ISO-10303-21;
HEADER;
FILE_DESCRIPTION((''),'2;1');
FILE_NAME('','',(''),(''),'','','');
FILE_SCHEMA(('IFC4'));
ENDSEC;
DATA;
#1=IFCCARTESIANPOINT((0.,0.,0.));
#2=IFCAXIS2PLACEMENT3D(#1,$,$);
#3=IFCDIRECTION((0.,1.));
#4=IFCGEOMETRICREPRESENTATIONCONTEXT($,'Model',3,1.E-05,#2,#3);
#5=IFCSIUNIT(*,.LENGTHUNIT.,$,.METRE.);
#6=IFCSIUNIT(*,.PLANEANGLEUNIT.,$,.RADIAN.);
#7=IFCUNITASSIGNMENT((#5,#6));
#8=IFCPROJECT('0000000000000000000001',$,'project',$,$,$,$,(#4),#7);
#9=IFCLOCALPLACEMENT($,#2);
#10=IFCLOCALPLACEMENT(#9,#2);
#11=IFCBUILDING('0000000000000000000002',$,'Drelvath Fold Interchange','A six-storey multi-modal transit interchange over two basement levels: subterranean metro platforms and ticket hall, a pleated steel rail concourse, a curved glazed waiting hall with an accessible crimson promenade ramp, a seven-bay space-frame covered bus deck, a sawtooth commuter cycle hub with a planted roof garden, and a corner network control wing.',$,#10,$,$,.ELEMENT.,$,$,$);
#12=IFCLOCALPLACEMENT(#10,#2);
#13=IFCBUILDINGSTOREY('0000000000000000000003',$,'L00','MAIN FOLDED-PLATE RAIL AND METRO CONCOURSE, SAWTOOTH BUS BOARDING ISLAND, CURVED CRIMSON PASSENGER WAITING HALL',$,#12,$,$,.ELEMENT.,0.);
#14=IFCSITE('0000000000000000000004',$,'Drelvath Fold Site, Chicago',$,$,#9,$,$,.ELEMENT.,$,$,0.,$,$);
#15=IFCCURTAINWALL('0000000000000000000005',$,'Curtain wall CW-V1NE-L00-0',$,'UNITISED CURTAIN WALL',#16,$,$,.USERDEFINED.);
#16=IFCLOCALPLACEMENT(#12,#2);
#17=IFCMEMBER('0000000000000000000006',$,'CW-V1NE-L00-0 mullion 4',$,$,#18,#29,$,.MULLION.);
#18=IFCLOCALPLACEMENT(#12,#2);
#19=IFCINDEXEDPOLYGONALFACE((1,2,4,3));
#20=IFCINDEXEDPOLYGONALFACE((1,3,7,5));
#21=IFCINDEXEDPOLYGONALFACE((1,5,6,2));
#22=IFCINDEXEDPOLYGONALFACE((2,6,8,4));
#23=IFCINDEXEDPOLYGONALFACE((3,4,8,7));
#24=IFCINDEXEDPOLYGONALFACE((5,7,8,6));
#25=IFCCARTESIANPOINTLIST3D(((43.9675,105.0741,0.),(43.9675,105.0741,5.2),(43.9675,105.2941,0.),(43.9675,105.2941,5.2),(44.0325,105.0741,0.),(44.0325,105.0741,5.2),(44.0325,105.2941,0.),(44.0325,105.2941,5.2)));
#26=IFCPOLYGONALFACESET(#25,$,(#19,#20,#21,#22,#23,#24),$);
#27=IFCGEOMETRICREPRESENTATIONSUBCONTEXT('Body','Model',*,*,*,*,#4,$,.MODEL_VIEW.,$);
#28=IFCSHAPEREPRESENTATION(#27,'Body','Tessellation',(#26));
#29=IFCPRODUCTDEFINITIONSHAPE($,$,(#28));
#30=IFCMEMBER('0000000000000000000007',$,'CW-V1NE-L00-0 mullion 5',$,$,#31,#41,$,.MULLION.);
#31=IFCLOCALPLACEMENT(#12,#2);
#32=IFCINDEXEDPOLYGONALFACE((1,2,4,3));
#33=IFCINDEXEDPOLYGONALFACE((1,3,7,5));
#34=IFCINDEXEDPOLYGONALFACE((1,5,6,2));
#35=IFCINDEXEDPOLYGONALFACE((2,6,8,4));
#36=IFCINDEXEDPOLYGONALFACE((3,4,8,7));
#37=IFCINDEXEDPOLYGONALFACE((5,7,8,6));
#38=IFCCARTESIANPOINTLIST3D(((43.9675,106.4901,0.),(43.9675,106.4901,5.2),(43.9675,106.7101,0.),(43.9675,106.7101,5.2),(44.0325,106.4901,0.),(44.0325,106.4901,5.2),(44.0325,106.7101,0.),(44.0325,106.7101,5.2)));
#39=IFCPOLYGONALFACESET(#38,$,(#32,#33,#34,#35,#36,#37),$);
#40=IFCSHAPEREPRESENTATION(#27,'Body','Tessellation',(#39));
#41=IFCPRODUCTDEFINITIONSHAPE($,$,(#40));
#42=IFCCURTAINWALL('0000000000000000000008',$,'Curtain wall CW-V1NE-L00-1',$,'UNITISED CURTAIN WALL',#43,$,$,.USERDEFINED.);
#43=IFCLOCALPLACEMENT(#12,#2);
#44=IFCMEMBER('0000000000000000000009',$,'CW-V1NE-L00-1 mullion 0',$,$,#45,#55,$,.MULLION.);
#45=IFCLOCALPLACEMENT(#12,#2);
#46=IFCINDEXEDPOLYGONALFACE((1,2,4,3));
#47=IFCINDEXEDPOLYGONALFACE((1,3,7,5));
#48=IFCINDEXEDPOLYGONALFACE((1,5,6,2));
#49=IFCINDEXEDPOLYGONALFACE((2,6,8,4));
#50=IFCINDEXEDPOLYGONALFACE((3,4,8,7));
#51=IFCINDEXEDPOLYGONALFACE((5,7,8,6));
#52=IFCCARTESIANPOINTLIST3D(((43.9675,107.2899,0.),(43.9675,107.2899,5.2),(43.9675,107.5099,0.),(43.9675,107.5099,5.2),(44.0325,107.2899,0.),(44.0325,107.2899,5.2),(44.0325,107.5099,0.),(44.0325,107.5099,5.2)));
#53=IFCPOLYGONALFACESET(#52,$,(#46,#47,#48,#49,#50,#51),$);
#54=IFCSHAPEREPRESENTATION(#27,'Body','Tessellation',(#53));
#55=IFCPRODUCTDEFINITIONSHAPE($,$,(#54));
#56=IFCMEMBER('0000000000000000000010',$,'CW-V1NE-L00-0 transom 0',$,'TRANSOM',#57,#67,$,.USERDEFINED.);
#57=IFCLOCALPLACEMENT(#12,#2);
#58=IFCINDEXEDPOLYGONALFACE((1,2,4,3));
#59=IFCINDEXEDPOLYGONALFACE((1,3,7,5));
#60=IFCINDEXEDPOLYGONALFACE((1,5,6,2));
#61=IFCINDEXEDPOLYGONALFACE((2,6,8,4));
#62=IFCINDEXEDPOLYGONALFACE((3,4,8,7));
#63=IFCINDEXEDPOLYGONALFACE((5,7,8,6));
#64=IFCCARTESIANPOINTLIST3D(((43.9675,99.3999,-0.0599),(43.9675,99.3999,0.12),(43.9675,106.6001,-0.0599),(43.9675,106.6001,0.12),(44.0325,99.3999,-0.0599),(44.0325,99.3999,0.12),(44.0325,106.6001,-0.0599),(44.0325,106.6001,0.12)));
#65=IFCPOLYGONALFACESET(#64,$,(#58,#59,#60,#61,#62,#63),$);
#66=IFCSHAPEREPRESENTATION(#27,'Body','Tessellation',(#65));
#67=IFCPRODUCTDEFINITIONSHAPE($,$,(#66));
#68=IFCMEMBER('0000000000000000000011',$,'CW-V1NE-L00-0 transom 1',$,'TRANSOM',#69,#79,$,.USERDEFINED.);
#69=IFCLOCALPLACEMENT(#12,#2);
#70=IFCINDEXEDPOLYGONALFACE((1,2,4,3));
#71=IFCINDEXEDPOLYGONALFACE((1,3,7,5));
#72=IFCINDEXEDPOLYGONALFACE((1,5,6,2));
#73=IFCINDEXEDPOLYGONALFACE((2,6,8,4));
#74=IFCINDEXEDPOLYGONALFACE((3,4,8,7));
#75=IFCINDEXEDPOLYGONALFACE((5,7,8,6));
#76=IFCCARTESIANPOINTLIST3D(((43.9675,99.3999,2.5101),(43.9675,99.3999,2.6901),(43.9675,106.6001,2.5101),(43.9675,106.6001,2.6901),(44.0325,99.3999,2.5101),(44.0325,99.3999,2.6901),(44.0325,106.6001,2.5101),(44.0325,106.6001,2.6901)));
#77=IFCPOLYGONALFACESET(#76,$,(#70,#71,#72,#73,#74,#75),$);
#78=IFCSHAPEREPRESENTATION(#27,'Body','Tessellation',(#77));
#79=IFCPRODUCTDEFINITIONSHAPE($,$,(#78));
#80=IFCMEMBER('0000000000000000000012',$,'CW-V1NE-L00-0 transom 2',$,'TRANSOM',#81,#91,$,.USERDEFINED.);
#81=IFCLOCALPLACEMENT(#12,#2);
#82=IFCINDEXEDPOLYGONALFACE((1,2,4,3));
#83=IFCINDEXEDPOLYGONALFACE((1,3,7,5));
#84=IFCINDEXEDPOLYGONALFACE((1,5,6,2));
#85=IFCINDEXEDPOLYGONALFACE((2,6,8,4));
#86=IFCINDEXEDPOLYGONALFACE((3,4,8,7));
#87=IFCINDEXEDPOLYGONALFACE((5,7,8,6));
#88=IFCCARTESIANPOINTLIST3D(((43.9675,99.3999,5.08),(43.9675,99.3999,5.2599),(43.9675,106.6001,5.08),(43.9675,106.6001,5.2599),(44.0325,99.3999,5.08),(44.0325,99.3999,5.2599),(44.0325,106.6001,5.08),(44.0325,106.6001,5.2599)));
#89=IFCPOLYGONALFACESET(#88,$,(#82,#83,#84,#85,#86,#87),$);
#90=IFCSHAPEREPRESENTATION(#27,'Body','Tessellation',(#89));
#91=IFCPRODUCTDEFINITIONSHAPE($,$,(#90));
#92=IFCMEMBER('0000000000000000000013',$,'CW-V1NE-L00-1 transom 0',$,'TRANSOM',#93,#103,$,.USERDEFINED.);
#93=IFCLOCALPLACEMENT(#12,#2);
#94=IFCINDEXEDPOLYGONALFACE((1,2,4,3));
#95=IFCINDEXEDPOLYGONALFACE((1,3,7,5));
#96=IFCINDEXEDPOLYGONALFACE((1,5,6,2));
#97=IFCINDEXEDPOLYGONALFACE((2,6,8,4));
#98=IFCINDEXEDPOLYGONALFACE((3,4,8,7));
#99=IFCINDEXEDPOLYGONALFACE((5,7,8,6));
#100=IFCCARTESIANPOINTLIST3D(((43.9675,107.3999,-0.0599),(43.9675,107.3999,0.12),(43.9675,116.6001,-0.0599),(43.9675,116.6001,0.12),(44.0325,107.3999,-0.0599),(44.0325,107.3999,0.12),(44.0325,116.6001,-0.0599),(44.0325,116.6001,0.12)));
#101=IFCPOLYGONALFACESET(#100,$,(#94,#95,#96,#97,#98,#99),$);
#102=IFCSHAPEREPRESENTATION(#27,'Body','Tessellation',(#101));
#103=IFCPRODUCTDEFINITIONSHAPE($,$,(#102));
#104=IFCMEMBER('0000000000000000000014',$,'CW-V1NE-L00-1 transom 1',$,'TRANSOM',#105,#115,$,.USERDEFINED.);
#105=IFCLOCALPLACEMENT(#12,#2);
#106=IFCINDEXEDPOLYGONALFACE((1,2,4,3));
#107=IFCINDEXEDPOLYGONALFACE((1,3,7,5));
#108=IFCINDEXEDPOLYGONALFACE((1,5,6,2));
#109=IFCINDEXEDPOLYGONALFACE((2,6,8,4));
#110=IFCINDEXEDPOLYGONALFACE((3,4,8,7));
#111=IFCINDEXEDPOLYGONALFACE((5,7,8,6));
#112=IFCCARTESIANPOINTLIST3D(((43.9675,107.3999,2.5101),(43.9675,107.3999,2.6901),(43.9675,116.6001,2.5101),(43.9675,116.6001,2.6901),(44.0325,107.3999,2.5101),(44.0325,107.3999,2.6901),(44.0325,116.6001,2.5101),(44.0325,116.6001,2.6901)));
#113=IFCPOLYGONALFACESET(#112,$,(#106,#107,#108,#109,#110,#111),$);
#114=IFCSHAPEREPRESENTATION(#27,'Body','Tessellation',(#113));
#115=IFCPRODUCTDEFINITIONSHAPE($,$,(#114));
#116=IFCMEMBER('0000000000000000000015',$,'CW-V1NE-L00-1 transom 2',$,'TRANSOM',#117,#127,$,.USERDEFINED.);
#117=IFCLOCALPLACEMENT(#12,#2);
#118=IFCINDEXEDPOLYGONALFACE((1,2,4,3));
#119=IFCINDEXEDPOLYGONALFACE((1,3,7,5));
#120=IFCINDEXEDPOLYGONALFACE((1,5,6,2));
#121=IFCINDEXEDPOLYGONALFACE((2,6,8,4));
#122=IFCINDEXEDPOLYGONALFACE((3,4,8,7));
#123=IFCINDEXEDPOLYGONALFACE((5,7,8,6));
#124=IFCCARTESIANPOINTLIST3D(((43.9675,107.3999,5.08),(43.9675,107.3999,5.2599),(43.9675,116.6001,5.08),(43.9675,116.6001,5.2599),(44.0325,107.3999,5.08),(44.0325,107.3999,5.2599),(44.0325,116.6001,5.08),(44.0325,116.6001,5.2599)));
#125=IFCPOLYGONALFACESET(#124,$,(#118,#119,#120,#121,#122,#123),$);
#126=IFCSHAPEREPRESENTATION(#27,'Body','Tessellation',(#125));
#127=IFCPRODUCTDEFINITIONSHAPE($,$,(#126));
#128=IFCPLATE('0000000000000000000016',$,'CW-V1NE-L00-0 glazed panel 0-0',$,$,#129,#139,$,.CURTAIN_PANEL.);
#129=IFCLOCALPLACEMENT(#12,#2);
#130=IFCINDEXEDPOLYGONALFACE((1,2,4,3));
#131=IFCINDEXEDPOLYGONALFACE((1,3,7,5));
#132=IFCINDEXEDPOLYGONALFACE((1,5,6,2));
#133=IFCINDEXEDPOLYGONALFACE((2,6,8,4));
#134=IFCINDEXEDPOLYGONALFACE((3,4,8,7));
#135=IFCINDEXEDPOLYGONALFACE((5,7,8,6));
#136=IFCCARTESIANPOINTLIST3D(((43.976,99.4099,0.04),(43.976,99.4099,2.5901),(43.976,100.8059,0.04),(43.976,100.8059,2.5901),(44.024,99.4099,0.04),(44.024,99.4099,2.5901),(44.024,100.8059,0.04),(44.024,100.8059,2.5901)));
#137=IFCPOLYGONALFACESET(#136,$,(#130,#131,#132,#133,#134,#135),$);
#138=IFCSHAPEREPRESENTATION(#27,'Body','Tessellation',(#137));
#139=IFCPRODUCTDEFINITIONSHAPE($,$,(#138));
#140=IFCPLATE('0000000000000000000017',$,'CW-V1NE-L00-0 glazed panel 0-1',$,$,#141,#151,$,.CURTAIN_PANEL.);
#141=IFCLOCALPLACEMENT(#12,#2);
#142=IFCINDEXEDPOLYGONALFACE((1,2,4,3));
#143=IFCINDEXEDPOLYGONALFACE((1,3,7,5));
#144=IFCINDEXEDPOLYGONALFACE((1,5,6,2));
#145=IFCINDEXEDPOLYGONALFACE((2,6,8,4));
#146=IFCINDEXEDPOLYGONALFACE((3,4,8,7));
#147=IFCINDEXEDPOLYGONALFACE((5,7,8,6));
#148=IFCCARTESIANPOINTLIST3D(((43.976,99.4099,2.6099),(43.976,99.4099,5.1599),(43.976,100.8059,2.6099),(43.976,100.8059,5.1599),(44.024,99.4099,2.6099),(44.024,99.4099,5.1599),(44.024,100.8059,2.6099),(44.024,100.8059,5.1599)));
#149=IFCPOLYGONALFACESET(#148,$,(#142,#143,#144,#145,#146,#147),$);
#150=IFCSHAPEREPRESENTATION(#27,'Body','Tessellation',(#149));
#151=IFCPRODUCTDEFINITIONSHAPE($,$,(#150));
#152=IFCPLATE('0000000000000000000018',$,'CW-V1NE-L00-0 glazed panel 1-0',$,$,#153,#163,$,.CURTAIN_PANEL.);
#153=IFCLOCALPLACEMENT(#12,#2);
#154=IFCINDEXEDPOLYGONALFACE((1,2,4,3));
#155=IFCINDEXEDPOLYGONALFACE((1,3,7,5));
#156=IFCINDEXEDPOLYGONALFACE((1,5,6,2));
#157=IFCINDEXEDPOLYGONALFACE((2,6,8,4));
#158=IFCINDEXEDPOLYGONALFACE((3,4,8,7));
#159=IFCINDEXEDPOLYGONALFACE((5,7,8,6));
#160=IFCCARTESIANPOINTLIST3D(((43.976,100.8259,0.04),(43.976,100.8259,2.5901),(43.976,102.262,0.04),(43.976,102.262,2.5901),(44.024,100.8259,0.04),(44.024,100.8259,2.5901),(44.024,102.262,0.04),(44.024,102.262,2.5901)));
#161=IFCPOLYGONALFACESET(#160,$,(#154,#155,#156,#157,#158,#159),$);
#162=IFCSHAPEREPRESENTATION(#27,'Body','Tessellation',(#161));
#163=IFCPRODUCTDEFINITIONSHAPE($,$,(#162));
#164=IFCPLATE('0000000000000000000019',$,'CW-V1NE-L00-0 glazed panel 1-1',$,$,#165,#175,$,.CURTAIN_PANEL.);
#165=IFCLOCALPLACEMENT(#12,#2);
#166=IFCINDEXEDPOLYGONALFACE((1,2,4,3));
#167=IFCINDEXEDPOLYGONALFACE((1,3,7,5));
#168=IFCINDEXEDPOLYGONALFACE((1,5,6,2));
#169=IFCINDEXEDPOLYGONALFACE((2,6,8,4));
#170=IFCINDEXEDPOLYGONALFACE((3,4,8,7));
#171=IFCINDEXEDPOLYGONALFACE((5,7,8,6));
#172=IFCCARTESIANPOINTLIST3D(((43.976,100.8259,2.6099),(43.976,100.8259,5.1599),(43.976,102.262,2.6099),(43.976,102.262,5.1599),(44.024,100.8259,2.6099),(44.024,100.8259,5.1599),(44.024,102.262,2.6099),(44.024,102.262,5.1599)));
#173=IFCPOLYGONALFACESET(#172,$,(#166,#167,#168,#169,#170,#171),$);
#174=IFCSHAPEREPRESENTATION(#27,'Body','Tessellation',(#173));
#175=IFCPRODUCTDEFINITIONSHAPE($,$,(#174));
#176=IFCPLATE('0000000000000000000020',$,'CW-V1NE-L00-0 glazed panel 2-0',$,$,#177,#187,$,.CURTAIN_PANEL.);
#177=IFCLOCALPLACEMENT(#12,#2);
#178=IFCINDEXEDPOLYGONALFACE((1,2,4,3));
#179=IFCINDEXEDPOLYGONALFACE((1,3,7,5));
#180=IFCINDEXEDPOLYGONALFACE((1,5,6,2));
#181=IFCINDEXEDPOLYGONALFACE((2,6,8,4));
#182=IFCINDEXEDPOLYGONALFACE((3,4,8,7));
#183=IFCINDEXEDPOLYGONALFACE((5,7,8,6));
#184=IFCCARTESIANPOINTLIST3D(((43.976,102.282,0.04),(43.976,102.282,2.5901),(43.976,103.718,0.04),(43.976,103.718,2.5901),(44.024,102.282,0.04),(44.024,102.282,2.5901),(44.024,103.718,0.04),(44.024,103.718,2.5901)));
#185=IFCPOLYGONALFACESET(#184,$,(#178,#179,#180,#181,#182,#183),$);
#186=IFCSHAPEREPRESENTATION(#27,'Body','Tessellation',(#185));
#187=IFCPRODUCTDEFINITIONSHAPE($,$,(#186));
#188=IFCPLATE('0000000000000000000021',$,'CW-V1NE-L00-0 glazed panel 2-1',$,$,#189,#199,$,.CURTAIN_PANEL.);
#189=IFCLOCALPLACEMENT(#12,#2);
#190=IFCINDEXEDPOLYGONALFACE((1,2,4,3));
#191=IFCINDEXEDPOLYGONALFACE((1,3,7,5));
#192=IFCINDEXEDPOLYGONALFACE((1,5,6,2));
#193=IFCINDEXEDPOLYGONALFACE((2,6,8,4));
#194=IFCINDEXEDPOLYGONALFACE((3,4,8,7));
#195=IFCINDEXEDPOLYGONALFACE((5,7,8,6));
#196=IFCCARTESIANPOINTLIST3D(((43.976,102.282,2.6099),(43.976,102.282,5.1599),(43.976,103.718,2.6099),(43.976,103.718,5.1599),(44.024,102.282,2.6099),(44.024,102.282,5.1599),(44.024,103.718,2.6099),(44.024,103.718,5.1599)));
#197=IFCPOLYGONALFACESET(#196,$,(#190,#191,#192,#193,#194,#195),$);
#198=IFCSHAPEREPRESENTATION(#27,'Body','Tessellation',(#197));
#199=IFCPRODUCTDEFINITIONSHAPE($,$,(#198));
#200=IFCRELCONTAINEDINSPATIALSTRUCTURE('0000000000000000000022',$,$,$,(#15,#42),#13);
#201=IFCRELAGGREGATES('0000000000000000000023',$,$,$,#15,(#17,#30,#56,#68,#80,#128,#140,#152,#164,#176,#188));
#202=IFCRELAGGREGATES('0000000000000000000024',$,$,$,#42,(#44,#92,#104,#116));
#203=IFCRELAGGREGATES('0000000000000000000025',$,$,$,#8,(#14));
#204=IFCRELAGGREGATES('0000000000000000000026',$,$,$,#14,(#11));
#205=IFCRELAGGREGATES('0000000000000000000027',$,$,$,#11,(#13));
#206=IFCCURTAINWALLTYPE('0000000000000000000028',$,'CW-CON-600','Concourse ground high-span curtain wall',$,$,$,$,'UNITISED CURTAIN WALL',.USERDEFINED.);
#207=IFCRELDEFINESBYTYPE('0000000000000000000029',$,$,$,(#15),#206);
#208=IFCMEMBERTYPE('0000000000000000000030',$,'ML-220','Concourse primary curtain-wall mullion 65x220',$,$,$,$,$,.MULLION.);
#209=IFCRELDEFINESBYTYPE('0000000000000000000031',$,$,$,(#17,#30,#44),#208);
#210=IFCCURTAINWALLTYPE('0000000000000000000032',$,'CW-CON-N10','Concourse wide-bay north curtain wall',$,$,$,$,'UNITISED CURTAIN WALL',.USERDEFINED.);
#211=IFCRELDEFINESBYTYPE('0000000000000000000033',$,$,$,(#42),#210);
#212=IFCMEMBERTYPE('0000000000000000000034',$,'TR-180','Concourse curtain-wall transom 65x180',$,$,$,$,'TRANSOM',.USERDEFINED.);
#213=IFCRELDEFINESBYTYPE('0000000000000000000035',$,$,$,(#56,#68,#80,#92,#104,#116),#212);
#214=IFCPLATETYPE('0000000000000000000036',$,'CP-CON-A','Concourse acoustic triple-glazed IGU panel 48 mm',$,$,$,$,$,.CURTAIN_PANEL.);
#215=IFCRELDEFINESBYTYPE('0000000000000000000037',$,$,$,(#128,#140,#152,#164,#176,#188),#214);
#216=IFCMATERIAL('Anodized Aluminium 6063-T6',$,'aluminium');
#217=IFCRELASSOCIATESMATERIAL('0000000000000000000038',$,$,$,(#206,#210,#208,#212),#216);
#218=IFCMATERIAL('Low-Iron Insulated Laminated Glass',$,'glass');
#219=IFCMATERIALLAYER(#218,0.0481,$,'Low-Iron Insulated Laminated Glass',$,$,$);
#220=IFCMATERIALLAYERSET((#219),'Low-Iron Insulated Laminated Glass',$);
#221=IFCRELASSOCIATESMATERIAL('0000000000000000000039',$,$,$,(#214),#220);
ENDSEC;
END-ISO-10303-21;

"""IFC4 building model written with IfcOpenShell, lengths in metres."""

from ifc_helpers import new_model, si_unit, direction, frame, origin, origin_2d, place, context, subcontext, project, spatial, rectangle, extrude, material, layer, layer_set, material_profile, profile_set, type_object, element, aggregate, save


model = new_model("IFC4")

# Units and contexts
model_context = context("Model", 3, precision=1e-05, world=origin(), true_north=direction((0.0, 1.0)))
body_context = subcontext(model_context, "Body", "Model", "MODEL_VIEW")
ifc_project = project(units=[si_unit("LENGTHUNIT", "METRE"), si_unit("PLANEANGLEUNIT", "RADIAN")], contexts=[model_context])

# Site, building, storey
site_placement = place(None, origin())
site = spatial("IfcSite", under=ifc_project, at=site_placement, Name="Drelvath Fold Site, Chicago", CompositionType="ELEMENT", RefElevation=0.0)
building_placement = place(site_placement, origin())
building = spatial("IfcBuilding", under=site, at=building_placement, Name="Drelvath Fold Interchange", Description="A six-storey multi-modal transit interchange over two basement levels: subterranean metro platforms and ticket hall, a pleated steel rail concourse, a curved glazed waiting hall with an accessible crimson promenade ramp, a seven-bay space-frame covered bus deck, a sawtooth commuter cycle hub with a planted roof garden, and a corner network control wing.", CompositionType="ELEMENT")
storey_placement = place(building_placement, origin())
storey = spatial("IfcBuildingStorey", under=building, at=storey_placement, Name="L00", Description="MAIN FOLDED-PLATE RAIL AND METRO CONCOURSE, SAWTOOTH BUS BOARDING ISLAND, CURVED CRIMSON PASSENGER WAITING HALL", CompositionType="ELEMENT", Elevation=0.0)

# Curtain wall, members
ifc_material_1 = material(Name="Anodized Aluminium 6063-T6", Category="aluminium")
curtain_wall_type_1 = type_object("IfcCurtainWallType", Name="CW-CON-600", Description="Concourse ground high-span curtain wall", ElementType="UNITISED CURTAIN WALL", PredefinedType="USERDEFINED", material=ifc_material_1)
curtain_wall_1_placement = place(storey_placement, origin())
curtain_wall_1 = element("IfcCurtainWall", 1, at=curtain_wall_1_placement, inside=storey, type_object=curtain_wall_type_1, Name="Curtain wall CW-V1NE-L00-0", ObjectType="UNITISED CURTAIN WALL", PredefinedType="USERDEFINED")
ifc_material_profile_1 = material_profile(ifc_material_1, rectangle(XDim=0.0649, YDim=0.22, at=origin_2d()), Name="AL-M 65x220")
ifc_profile_set_1 = profile_set([ifc_material_profile_1], Name="Anodized Aluminium 6063-T6")
member_type_1 = type_object("IfcMemberType", Name="ML-220", Description="Concourse primary curtain-wall mullion 65x220", PredefinedType="MULLION", material=ifc_profile_set_1)
member_1_placement = place(storey_placement, frame((44.0, 105.1841, 0.0), z_axis=(0.0, 0.0, 1.0), x_axis=(1.0, 0.0, 0.0)))
member_1 = element("IfcMember", 2, at=member_1_placement, type_object=member_type_1, Name="CW-V1NE-L00-0 mullion 4", PredefinedType="MULLION", context=body_context, shape_type="SweptSolid", body=[
    extrude(rectangle(XDim=0.0649, YDim=0.22, at=origin_2d()), origin(), (0.0, 0.0, 1.0), 5.2),
])
member_2_placement = place(storey_placement, frame((44.0, 106.6001, 0.0), z_axis=(0.0, 0.0, 1.0), x_axis=(1.0, 0.0, 0.0)))
member_2 = element("IfcMember", 3, at=member_2_placement, type_object=member_type_1, Name="CW-V1NE-L00-0 mullion 5", PredefinedType="MULLION", context=body_context, shape_type="SweptSolid", body=[
    extrude(rectangle(XDim=0.0649, YDim=0.22, at=origin_2d()), origin(), (0.0, 0.0, 1.0), 5.2),
])

# Curtain wall, member
curtain_wall_type_2 = type_object("IfcCurtainWallType", Name="CW-CON-N10", Description="Concourse wide-bay north curtain wall", ElementType="UNITISED CURTAIN WALL", PredefinedType="USERDEFINED", material=ifc_material_1)
curtain_wall_2_placement = place(storey_placement, origin())
curtain_wall_2 = element("IfcCurtainWall", 4, at=curtain_wall_2_placement, inside=storey, type_object=curtain_wall_type_2, Name="Curtain wall CW-V1NE-L00-1", ObjectType="UNITISED CURTAIN WALL", PredefinedType="USERDEFINED")
member_3_placement = place(storey_placement, frame((44.0, 107.3999, 0.0), z_axis=(0.0, 0.0, 1.0), x_axis=(1.0, 0.0, 0.0)))
member_3 = element("IfcMember", 5, at=member_3_placement, type_object=member_type_1, Name="CW-V1NE-L00-1 mullion 0", PredefinedType="MULLION", context=body_context, shape_type="SweptSolid", body=[
    extrude(rectangle(XDim=0.0649, YDim=0.22, at=origin_2d()), origin(), (0.0, 0.0, 1.0), 5.2),
])

# Members
ifc_material_profile_2 = material_profile(ifc_material_1, rectangle(XDim=0.0649, YDim=0.1799, at=origin_2d()), Name="AL-T 65x180")
ifc_profile_set_2 = profile_set([ifc_material_profile_2], Name="Anodized Aluminium 6063-T6")
member_type_2 = type_object("IfcMemberType", Name="TR-180", Description="Concourse curtain-wall transom 65x180", ElementType="TRANSOM", PredefinedType="USERDEFINED", material=ifc_profile_set_2)
member_4_placement = place(storey_placement, frame((44.0, 99.3999, 0.03), z_axis=(0.0, 1.0, 0.0), x_axis=(-1.0, 0.0, 0.0)))
member_4 = element("IfcMember", 6, at=member_4_placement, type_object=member_type_2, Name="CW-V1NE-L00-0 transom 0", ObjectType="TRANSOM", PredefinedType="USERDEFINED", context=body_context, shape_type="SweptSolid", body=[
    extrude(rectangle(XDim=0.0649, YDim=0.1799, at=origin_2d()), origin(), (0.0, 0.0, 1.0), 7.2002),
])
member_5_placement = place(storey_placement, frame((44.0, 99.3999, 2.6001), z_axis=(0.0, 1.0, 0.0), x_axis=(-1.0, 0.0, 0.0)))
member_5 = element("IfcMember", 7, at=member_5_placement, type_object=member_type_2, Name="CW-V1NE-L00-0 transom 1", ObjectType="TRANSOM", PredefinedType="USERDEFINED", context=body_context, shape_type="SweptSolid", body=[
    extrude(rectangle(XDim=0.0649, YDim=0.1799, at=origin_2d()), origin(), (0.0, 0.0, 1.0), 7.2002),
])
member_6_placement = place(storey_placement, frame((44.0, 99.3999, 5.1699), z_axis=(0.0, 1.0, 0.0), x_axis=(-1.0, 0.0, 0.0)))
member_6 = element("IfcMember", 8, at=member_6_placement, type_object=member_type_2, Name="CW-V1NE-L00-0 transom 2", ObjectType="TRANSOM", PredefinedType="USERDEFINED", context=body_context, shape_type="SweptSolid", body=[
    extrude(rectangle(XDim=0.0649, YDim=0.1799, at=origin_2d()), origin(), (0.0, 0.0, 1.0), 7.2002),
])
member_7_placement = place(storey_placement, frame((44.0, 107.3999, 0.03), z_axis=(0.0, 1.0, 0.0), x_axis=(-1.0, 0.0, 0.0)))
member_7 = element("IfcMember", 9, at=member_7_placement, type_object=member_type_2, Name="CW-V1NE-L00-1 transom 0", ObjectType="TRANSOM", PredefinedType="USERDEFINED", context=body_context, shape_type="SweptSolid", body=[
    extrude(rectangle(XDim=0.0649, YDim=0.1799, at=origin_2d()), origin(), (0.0, 0.0, 1.0), 9.2002),
])
member_8_placement = place(storey_placement, frame((44.0, 107.3999, 2.6001), z_axis=(0.0, 1.0, 0.0), x_axis=(-1.0, 0.0, 0.0)))
member_8 = element("IfcMember", 10, at=member_8_placement, type_object=member_type_2, Name="CW-V1NE-L00-1 transom 1", ObjectType="TRANSOM", PredefinedType="USERDEFINED", context=body_context, shape_type="SweptSolid", body=[
    extrude(rectangle(XDim=0.0649, YDim=0.1799, at=origin_2d()), origin(), (0.0, 0.0, 1.0), 9.2002),
])
member_9_placement = place(storey_placement, frame((44.0, 107.3999, 5.1699), z_axis=(0.0, 1.0, 0.0), x_axis=(-1.0, 0.0, 0.0)))
member_9 = element("IfcMember", 11, at=member_9_placement, type_object=member_type_2, Name="CW-V1NE-L00-1 transom 2", ObjectType="TRANSOM", PredefinedType="USERDEFINED", context=body_context, shape_type="SweptSolid", body=[
    extrude(rectangle(XDim=0.0649, YDim=0.1799, at=origin_2d()), origin(), (0.0, 0.0, 1.0), 9.2002),
])

# Plates
ifc_material_2 = material(Name="Low-Iron Insulated Laminated Glass", Category="glass")
ifc_layer = layer(ifc_material_2, 0.0481, Name="Low-Iron Insulated Laminated Glass")
ifc_layer_set = layer_set([ifc_layer], Name="Low-Iron Insulated Laminated Glass")
plate_type = type_object("IfcPlateType", Name="CP-CON-A", Description="Concourse acoustic triple-glazed IGU panel 48 mm", PredefinedType="CURTAIN_PANEL", material=ifc_layer_set)
plate_1_placement = place(storey_placement, frame((44.0, 100.1079, 0.04), z_axis=(0.0, 0.0, 1.0), x_axis=(0.0, 1.0, 0.0)))
plate_1 = element("IfcPlate", 12, at=plate_1_placement, type_object=plate_type, Name="CW-V1NE-L00-0 glazed panel 0-0", PredefinedType="CURTAIN_PANEL", context=body_context, shape_type="SweptSolid", body=[
    extrude(rectangle(XDim=1.396, YDim=0.0481, at=origin_2d()), origin(), (0.0, 0.0, 1.0), 2.55),
])
plate_2_placement = place(storey_placement, frame((44.0, 100.1079, 2.6099), z_axis=(0.0, 0.0, 1.0), x_axis=(0.0, 1.0, 0.0)))
plate_2 = element("IfcPlate", 13, at=plate_2_placement, type_object=plate_type, Name="CW-V1NE-L00-0 glazed panel 0-1", PredefinedType="CURTAIN_PANEL", context=body_context, shape_type="SweptSolid", body=[
    extrude(rectangle(XDim=1.396, YDim=0.0481, at=origin_2d()), origin(), (0.0, 0.0, 1.0), 2.55),
])
plate_3_placement = place(storey_placement, frame((44.0, 101.5439, 0.04), z_axis=(0.0, 0.0, 1.0), x_axis=(0.0, 1.0, 0.0)))
plate_3 = element("IfcPlate", 14, at=plate_3_placement, type_object=plate_type, Name="CW-V1NE-L00-0 glazed panel 1-0", PredefinedType="CURTAIN_PANEL", context=body_context, shape_type="SweptSolid", body=[
    extrude(rectangle(XDim=1.436, YDim=0.0481, at=origin_2d()), origin(), (0.0, 0.0, 1.0), 2.55),
])
plate_4_placement = place(storey_placement, frame((44.0, 101.5439, 2.6099), z_axis=(0.0, 0.0, 1.0), x_axis=(0.0, 1.0, 0.0)))
plate_4 = element("IfcPlate", 15, at=plate_4_placement, type_object=plate_type, Name="CW-V1NE-L00-0 glazed panel 1-1", PredefinedType="CURTAIN_PANEL", context=body_context, shape_type="SweptSolid", body=[
    extrude(rectangle(XDim=1.436, YDim=0.0481, at=origin_2d()), origin(), (0.0, 0.0, 1.0), 2.55),
])
plate_5_placement = place(storey_placement, frame((44.0, 103.0, 0.04), z_axis=(0.0, 0.0, 1.0), x_axis=(0.0, 1.0, 0.0)))
plate_5 = element("IfcPlate", 16, at=plate_5_placement, type_object=plate_type, Name="CW-V1NE-L00-0 glazed panel 2-0", PredefinedType="CURTAIN_PANEL", context=body_context, shape_type="SweptSolid", body=[
    extrude(rectangle(XDim=1.436, YDim=0.0481, at=origin_2d()), origin(), (0.0, 0.0, 1.0), 2.55),
])
plate_6_placement = place(storey_placement, frame((44.0, 103.0, 2.6099), z_axis=(0.0, 0.0, 1.0), x_axis=(0.0, 1.0, 0.0)))
plate_6 = element("IfcPlate", 17, at=plate_6_placement, type_object=plate_type, Name="CW-V1NE-L00-0 glazed panel 2-1", PredefinedType="CURTAIN_PANEL", context=body_context, shape_type="SweptSolid", body=[
    extrude(rectangle(XDim=1.436, YDim=0.0481, at=origin_2d()), origin(), (0.0, 0.0, 1.0), 2.55),
])
aggregate(curtain_wall_1, [member_1, member_2, member_4, member_5, member_6, plate_1, plate_2, plate_3, plate_4, plate_5, plate_6])
aggregate(curtain_wall_2, [member_3, member_7, member_8, member_9])

save(model, "model.ifc")
